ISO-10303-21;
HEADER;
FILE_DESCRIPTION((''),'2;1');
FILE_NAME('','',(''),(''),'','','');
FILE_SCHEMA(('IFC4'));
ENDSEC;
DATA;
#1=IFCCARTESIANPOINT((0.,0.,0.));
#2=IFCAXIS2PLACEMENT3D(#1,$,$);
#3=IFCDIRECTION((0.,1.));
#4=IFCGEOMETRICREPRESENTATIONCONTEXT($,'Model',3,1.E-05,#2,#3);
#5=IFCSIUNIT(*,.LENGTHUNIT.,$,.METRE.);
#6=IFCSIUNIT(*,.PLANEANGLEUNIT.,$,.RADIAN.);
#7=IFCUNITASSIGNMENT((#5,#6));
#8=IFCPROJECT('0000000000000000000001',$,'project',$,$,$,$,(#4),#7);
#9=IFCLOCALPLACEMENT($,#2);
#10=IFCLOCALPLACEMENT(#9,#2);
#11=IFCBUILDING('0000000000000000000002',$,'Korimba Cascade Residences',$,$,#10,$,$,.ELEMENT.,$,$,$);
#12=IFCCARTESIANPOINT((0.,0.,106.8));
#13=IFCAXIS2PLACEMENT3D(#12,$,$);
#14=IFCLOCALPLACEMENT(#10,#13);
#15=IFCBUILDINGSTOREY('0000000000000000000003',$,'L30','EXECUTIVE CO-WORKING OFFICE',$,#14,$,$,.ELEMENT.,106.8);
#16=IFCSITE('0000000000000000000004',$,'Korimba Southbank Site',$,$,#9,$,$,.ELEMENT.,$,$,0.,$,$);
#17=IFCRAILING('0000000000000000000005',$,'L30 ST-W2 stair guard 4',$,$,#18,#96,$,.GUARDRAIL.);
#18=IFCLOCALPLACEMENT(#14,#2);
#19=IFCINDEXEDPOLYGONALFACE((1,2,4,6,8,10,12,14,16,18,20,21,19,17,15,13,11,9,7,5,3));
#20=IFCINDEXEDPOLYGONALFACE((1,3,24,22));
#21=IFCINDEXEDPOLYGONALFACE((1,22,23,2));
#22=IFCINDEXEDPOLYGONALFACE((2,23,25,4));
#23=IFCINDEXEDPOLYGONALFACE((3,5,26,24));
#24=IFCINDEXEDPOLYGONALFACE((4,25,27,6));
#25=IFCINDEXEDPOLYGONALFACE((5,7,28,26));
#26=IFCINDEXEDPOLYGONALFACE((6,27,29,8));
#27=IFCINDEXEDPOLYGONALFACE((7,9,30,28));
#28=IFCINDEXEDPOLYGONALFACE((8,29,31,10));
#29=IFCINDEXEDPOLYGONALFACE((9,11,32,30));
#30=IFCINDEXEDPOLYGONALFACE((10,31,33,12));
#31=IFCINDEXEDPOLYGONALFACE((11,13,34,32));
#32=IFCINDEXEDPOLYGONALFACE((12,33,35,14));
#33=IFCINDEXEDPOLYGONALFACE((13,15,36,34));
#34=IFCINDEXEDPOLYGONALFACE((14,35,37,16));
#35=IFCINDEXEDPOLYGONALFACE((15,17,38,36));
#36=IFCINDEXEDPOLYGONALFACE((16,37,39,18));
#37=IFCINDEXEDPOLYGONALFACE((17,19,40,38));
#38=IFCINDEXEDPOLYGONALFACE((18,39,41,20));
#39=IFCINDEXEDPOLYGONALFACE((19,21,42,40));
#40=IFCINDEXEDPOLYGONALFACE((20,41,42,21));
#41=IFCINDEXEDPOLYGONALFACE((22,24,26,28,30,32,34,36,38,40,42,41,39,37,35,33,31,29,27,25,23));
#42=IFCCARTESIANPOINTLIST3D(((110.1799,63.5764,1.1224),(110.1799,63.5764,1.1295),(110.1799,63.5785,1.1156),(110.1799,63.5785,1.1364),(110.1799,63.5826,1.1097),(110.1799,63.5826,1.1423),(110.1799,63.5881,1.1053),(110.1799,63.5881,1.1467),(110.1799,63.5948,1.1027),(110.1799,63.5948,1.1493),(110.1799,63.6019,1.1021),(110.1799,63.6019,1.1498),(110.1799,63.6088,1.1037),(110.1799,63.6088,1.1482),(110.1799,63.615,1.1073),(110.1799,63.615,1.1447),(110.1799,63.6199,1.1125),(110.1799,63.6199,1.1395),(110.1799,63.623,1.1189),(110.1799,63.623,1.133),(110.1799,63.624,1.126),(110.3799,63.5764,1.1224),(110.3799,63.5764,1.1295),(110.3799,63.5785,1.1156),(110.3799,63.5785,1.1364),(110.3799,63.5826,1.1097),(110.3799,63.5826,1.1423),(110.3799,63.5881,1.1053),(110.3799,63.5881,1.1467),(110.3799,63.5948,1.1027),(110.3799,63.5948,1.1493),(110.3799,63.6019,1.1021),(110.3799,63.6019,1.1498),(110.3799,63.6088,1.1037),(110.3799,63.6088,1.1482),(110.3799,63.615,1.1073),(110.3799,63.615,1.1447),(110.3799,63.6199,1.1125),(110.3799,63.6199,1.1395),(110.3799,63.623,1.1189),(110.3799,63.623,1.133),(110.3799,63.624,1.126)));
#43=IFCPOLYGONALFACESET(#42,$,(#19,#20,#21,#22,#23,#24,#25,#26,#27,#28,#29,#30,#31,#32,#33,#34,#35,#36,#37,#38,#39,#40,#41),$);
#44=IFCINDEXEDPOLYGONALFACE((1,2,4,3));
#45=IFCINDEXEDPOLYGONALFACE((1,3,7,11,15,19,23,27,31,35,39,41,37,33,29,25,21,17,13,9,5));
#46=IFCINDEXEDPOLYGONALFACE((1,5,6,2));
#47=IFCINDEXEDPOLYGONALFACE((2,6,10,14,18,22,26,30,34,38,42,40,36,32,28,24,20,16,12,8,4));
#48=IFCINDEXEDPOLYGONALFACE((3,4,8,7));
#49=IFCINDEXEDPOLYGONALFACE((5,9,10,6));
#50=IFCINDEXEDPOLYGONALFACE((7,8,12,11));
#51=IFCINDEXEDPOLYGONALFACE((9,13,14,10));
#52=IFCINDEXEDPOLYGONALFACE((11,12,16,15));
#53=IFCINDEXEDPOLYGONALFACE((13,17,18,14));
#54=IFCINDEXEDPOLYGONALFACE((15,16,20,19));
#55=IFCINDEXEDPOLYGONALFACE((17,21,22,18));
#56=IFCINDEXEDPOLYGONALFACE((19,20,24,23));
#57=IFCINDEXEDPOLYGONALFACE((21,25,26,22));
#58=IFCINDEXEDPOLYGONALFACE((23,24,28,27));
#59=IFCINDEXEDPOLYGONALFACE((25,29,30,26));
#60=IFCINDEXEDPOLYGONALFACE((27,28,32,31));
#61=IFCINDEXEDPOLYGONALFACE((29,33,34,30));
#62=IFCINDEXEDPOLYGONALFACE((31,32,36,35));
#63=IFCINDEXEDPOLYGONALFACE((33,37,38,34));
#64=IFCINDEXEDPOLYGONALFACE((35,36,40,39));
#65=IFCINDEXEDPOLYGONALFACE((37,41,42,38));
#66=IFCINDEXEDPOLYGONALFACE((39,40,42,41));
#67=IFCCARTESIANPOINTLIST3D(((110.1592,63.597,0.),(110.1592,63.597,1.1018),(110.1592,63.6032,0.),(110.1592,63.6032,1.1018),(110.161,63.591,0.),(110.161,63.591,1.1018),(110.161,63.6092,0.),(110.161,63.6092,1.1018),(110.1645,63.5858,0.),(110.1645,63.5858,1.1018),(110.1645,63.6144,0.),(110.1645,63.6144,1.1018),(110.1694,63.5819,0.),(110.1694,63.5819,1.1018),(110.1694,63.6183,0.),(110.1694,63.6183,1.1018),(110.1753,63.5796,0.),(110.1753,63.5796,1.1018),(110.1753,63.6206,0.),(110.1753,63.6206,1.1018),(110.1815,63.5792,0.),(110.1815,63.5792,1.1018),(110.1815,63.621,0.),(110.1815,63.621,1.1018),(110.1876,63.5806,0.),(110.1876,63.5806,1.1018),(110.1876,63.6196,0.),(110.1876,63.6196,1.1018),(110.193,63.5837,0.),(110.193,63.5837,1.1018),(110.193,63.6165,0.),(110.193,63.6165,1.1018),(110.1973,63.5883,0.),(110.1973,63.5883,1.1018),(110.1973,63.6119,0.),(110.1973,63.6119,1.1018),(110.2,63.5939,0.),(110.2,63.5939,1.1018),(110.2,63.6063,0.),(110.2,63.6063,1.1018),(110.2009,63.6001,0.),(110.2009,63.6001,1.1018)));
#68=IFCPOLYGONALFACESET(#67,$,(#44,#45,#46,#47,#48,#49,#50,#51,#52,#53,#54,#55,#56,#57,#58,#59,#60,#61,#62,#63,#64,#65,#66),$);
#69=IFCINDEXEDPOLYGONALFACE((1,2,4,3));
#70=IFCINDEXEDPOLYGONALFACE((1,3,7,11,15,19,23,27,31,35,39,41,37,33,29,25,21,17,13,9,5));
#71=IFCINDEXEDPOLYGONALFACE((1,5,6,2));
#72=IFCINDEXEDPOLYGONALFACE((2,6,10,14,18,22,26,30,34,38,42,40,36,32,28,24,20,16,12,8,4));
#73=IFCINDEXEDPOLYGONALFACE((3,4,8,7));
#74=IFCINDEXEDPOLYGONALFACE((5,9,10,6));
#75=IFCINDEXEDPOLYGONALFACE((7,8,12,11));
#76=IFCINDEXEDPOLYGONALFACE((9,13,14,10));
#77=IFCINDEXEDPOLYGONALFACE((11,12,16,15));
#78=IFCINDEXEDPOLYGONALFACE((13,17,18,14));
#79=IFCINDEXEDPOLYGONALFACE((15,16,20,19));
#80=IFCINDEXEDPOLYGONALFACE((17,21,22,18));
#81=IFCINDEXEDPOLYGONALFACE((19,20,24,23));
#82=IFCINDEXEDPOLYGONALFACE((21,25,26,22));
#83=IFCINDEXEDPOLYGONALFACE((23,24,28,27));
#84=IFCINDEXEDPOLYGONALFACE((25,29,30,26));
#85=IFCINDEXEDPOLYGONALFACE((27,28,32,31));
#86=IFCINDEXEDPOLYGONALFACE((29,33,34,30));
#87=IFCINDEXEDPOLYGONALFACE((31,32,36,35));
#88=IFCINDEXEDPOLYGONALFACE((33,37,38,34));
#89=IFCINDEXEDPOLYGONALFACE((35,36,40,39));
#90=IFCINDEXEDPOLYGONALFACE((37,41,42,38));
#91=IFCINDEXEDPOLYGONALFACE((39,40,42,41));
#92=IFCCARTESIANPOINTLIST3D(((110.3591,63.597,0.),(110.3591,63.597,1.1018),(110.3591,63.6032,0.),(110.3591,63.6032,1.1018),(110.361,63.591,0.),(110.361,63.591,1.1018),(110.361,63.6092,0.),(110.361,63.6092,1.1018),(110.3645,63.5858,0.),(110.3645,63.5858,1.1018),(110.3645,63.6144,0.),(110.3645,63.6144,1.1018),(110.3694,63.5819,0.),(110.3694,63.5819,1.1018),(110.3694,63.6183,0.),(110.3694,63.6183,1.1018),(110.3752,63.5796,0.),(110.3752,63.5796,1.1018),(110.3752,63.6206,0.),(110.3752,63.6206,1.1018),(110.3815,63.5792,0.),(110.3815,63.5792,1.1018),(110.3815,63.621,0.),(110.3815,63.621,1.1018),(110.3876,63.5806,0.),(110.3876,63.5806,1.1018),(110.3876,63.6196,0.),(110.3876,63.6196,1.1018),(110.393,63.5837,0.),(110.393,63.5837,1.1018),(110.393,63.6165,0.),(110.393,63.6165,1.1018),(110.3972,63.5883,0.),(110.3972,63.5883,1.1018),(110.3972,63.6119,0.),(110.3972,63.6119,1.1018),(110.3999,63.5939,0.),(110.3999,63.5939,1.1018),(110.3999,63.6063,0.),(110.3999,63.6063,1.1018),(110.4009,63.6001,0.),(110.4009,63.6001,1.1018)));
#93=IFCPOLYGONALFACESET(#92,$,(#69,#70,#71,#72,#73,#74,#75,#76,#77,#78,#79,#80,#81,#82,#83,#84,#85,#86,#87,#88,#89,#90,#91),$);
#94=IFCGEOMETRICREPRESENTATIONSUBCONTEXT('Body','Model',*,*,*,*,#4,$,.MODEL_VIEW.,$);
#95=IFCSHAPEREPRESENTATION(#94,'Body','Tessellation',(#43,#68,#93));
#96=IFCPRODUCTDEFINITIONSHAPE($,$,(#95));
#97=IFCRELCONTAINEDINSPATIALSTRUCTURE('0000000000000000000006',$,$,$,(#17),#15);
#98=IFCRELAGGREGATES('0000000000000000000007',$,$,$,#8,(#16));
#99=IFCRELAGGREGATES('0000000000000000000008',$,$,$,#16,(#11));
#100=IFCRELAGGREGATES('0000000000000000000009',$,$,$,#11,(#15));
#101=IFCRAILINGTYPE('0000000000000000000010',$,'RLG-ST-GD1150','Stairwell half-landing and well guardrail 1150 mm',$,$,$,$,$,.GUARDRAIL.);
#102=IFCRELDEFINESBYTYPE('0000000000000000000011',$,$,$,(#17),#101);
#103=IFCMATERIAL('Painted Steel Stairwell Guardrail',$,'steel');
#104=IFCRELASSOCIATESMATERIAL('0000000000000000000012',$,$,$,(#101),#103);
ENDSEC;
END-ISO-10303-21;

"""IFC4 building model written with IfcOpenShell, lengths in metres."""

from ifc_helpers import new_model, si_unit, direction, frame, origin, origin_2d, place, context, subcontext, project, spatial, circle, extrude, material, type_object, element, save


model = new_model("IFC4")

# Units and contexts
model_context = context("Model", 3, precision=1e-05, world=origin(), true_north=direction((0.0, 1.0)))
body_context = subcontext(model_context, "Body", "Model", "MODEL_VIEW")
ifc_project = project(units=[si_unit("LENGTHUNIT", "METRE"), si_unit("PLANEANGLEUNIT", "RADIAN")], contexts=[model_context])

# Site, building, storey
site_placement = place(None, origin())
site = spatial("IfcSite", under=ifc_project, at=site_placement, Name="Korimba Southbank Site", CompositionType="ELEMENT", RefElevation=0.0)
building_placement = place(site_placement, origin())
building = spatial("IfcBuilding", under=site, at=building_placement, Name="Korimba Cascade Residences", CompositionType="ELEMENT")
storey_placement = place(building_placement, frame((0.0, 0.0, 106.8)))
storey = spatial("IfcBuildingStorey", under=building, at=storey_placement, Name="L30", Description="EXECUTIVE CO-WORKING OFFICE", CompositionType="ELEMENT", Elevation=106.8)

# Railing
ifc_material_1 = material(Name="Painted Steel Stairwell Guardrail", Category="steel")
railing_type_1 = type_object("IfcRailingType", Name="RLG-ST-GD1150", Description="Stairwell half-landing and well guardrail 1150 mm", PredefinedType="GUARDRAIL", material=ifc_material_1)
railing_1_placement = place(storey_placement, frame((110.1799, 63.6001, 0.0)))
element("IfcRailing", 1, at=railing_1_placement, inside=storey, type_object=railing_type_1, Name="L30 ST-W2 stair guard 4", PredefinedType="GUARDRAIL", context=body_context, shape_type="SweptSolid", body=[
    extrude(circle(Radius=0.0239, at=origin_2d()), frame((0.0, 0.0, 1.126), z_axis=(1.0, 0.0, 0.0), x_axis=(0.0, 1.0, 0.0)), (0.0, 0.0, 1.0), 0.2),
    extrude(circle(Radius=0.021, at=origin_2d()), origin(), (0.0, 0.0, 1.0), 1.1018),
    extrude(circle(Radius=0.021, at=origin_2d()), frame((0.2, 0.0, 0.0)), (0.0, 0.0, 1.0), 1.1018),
])

save(model, "model.ifc")
